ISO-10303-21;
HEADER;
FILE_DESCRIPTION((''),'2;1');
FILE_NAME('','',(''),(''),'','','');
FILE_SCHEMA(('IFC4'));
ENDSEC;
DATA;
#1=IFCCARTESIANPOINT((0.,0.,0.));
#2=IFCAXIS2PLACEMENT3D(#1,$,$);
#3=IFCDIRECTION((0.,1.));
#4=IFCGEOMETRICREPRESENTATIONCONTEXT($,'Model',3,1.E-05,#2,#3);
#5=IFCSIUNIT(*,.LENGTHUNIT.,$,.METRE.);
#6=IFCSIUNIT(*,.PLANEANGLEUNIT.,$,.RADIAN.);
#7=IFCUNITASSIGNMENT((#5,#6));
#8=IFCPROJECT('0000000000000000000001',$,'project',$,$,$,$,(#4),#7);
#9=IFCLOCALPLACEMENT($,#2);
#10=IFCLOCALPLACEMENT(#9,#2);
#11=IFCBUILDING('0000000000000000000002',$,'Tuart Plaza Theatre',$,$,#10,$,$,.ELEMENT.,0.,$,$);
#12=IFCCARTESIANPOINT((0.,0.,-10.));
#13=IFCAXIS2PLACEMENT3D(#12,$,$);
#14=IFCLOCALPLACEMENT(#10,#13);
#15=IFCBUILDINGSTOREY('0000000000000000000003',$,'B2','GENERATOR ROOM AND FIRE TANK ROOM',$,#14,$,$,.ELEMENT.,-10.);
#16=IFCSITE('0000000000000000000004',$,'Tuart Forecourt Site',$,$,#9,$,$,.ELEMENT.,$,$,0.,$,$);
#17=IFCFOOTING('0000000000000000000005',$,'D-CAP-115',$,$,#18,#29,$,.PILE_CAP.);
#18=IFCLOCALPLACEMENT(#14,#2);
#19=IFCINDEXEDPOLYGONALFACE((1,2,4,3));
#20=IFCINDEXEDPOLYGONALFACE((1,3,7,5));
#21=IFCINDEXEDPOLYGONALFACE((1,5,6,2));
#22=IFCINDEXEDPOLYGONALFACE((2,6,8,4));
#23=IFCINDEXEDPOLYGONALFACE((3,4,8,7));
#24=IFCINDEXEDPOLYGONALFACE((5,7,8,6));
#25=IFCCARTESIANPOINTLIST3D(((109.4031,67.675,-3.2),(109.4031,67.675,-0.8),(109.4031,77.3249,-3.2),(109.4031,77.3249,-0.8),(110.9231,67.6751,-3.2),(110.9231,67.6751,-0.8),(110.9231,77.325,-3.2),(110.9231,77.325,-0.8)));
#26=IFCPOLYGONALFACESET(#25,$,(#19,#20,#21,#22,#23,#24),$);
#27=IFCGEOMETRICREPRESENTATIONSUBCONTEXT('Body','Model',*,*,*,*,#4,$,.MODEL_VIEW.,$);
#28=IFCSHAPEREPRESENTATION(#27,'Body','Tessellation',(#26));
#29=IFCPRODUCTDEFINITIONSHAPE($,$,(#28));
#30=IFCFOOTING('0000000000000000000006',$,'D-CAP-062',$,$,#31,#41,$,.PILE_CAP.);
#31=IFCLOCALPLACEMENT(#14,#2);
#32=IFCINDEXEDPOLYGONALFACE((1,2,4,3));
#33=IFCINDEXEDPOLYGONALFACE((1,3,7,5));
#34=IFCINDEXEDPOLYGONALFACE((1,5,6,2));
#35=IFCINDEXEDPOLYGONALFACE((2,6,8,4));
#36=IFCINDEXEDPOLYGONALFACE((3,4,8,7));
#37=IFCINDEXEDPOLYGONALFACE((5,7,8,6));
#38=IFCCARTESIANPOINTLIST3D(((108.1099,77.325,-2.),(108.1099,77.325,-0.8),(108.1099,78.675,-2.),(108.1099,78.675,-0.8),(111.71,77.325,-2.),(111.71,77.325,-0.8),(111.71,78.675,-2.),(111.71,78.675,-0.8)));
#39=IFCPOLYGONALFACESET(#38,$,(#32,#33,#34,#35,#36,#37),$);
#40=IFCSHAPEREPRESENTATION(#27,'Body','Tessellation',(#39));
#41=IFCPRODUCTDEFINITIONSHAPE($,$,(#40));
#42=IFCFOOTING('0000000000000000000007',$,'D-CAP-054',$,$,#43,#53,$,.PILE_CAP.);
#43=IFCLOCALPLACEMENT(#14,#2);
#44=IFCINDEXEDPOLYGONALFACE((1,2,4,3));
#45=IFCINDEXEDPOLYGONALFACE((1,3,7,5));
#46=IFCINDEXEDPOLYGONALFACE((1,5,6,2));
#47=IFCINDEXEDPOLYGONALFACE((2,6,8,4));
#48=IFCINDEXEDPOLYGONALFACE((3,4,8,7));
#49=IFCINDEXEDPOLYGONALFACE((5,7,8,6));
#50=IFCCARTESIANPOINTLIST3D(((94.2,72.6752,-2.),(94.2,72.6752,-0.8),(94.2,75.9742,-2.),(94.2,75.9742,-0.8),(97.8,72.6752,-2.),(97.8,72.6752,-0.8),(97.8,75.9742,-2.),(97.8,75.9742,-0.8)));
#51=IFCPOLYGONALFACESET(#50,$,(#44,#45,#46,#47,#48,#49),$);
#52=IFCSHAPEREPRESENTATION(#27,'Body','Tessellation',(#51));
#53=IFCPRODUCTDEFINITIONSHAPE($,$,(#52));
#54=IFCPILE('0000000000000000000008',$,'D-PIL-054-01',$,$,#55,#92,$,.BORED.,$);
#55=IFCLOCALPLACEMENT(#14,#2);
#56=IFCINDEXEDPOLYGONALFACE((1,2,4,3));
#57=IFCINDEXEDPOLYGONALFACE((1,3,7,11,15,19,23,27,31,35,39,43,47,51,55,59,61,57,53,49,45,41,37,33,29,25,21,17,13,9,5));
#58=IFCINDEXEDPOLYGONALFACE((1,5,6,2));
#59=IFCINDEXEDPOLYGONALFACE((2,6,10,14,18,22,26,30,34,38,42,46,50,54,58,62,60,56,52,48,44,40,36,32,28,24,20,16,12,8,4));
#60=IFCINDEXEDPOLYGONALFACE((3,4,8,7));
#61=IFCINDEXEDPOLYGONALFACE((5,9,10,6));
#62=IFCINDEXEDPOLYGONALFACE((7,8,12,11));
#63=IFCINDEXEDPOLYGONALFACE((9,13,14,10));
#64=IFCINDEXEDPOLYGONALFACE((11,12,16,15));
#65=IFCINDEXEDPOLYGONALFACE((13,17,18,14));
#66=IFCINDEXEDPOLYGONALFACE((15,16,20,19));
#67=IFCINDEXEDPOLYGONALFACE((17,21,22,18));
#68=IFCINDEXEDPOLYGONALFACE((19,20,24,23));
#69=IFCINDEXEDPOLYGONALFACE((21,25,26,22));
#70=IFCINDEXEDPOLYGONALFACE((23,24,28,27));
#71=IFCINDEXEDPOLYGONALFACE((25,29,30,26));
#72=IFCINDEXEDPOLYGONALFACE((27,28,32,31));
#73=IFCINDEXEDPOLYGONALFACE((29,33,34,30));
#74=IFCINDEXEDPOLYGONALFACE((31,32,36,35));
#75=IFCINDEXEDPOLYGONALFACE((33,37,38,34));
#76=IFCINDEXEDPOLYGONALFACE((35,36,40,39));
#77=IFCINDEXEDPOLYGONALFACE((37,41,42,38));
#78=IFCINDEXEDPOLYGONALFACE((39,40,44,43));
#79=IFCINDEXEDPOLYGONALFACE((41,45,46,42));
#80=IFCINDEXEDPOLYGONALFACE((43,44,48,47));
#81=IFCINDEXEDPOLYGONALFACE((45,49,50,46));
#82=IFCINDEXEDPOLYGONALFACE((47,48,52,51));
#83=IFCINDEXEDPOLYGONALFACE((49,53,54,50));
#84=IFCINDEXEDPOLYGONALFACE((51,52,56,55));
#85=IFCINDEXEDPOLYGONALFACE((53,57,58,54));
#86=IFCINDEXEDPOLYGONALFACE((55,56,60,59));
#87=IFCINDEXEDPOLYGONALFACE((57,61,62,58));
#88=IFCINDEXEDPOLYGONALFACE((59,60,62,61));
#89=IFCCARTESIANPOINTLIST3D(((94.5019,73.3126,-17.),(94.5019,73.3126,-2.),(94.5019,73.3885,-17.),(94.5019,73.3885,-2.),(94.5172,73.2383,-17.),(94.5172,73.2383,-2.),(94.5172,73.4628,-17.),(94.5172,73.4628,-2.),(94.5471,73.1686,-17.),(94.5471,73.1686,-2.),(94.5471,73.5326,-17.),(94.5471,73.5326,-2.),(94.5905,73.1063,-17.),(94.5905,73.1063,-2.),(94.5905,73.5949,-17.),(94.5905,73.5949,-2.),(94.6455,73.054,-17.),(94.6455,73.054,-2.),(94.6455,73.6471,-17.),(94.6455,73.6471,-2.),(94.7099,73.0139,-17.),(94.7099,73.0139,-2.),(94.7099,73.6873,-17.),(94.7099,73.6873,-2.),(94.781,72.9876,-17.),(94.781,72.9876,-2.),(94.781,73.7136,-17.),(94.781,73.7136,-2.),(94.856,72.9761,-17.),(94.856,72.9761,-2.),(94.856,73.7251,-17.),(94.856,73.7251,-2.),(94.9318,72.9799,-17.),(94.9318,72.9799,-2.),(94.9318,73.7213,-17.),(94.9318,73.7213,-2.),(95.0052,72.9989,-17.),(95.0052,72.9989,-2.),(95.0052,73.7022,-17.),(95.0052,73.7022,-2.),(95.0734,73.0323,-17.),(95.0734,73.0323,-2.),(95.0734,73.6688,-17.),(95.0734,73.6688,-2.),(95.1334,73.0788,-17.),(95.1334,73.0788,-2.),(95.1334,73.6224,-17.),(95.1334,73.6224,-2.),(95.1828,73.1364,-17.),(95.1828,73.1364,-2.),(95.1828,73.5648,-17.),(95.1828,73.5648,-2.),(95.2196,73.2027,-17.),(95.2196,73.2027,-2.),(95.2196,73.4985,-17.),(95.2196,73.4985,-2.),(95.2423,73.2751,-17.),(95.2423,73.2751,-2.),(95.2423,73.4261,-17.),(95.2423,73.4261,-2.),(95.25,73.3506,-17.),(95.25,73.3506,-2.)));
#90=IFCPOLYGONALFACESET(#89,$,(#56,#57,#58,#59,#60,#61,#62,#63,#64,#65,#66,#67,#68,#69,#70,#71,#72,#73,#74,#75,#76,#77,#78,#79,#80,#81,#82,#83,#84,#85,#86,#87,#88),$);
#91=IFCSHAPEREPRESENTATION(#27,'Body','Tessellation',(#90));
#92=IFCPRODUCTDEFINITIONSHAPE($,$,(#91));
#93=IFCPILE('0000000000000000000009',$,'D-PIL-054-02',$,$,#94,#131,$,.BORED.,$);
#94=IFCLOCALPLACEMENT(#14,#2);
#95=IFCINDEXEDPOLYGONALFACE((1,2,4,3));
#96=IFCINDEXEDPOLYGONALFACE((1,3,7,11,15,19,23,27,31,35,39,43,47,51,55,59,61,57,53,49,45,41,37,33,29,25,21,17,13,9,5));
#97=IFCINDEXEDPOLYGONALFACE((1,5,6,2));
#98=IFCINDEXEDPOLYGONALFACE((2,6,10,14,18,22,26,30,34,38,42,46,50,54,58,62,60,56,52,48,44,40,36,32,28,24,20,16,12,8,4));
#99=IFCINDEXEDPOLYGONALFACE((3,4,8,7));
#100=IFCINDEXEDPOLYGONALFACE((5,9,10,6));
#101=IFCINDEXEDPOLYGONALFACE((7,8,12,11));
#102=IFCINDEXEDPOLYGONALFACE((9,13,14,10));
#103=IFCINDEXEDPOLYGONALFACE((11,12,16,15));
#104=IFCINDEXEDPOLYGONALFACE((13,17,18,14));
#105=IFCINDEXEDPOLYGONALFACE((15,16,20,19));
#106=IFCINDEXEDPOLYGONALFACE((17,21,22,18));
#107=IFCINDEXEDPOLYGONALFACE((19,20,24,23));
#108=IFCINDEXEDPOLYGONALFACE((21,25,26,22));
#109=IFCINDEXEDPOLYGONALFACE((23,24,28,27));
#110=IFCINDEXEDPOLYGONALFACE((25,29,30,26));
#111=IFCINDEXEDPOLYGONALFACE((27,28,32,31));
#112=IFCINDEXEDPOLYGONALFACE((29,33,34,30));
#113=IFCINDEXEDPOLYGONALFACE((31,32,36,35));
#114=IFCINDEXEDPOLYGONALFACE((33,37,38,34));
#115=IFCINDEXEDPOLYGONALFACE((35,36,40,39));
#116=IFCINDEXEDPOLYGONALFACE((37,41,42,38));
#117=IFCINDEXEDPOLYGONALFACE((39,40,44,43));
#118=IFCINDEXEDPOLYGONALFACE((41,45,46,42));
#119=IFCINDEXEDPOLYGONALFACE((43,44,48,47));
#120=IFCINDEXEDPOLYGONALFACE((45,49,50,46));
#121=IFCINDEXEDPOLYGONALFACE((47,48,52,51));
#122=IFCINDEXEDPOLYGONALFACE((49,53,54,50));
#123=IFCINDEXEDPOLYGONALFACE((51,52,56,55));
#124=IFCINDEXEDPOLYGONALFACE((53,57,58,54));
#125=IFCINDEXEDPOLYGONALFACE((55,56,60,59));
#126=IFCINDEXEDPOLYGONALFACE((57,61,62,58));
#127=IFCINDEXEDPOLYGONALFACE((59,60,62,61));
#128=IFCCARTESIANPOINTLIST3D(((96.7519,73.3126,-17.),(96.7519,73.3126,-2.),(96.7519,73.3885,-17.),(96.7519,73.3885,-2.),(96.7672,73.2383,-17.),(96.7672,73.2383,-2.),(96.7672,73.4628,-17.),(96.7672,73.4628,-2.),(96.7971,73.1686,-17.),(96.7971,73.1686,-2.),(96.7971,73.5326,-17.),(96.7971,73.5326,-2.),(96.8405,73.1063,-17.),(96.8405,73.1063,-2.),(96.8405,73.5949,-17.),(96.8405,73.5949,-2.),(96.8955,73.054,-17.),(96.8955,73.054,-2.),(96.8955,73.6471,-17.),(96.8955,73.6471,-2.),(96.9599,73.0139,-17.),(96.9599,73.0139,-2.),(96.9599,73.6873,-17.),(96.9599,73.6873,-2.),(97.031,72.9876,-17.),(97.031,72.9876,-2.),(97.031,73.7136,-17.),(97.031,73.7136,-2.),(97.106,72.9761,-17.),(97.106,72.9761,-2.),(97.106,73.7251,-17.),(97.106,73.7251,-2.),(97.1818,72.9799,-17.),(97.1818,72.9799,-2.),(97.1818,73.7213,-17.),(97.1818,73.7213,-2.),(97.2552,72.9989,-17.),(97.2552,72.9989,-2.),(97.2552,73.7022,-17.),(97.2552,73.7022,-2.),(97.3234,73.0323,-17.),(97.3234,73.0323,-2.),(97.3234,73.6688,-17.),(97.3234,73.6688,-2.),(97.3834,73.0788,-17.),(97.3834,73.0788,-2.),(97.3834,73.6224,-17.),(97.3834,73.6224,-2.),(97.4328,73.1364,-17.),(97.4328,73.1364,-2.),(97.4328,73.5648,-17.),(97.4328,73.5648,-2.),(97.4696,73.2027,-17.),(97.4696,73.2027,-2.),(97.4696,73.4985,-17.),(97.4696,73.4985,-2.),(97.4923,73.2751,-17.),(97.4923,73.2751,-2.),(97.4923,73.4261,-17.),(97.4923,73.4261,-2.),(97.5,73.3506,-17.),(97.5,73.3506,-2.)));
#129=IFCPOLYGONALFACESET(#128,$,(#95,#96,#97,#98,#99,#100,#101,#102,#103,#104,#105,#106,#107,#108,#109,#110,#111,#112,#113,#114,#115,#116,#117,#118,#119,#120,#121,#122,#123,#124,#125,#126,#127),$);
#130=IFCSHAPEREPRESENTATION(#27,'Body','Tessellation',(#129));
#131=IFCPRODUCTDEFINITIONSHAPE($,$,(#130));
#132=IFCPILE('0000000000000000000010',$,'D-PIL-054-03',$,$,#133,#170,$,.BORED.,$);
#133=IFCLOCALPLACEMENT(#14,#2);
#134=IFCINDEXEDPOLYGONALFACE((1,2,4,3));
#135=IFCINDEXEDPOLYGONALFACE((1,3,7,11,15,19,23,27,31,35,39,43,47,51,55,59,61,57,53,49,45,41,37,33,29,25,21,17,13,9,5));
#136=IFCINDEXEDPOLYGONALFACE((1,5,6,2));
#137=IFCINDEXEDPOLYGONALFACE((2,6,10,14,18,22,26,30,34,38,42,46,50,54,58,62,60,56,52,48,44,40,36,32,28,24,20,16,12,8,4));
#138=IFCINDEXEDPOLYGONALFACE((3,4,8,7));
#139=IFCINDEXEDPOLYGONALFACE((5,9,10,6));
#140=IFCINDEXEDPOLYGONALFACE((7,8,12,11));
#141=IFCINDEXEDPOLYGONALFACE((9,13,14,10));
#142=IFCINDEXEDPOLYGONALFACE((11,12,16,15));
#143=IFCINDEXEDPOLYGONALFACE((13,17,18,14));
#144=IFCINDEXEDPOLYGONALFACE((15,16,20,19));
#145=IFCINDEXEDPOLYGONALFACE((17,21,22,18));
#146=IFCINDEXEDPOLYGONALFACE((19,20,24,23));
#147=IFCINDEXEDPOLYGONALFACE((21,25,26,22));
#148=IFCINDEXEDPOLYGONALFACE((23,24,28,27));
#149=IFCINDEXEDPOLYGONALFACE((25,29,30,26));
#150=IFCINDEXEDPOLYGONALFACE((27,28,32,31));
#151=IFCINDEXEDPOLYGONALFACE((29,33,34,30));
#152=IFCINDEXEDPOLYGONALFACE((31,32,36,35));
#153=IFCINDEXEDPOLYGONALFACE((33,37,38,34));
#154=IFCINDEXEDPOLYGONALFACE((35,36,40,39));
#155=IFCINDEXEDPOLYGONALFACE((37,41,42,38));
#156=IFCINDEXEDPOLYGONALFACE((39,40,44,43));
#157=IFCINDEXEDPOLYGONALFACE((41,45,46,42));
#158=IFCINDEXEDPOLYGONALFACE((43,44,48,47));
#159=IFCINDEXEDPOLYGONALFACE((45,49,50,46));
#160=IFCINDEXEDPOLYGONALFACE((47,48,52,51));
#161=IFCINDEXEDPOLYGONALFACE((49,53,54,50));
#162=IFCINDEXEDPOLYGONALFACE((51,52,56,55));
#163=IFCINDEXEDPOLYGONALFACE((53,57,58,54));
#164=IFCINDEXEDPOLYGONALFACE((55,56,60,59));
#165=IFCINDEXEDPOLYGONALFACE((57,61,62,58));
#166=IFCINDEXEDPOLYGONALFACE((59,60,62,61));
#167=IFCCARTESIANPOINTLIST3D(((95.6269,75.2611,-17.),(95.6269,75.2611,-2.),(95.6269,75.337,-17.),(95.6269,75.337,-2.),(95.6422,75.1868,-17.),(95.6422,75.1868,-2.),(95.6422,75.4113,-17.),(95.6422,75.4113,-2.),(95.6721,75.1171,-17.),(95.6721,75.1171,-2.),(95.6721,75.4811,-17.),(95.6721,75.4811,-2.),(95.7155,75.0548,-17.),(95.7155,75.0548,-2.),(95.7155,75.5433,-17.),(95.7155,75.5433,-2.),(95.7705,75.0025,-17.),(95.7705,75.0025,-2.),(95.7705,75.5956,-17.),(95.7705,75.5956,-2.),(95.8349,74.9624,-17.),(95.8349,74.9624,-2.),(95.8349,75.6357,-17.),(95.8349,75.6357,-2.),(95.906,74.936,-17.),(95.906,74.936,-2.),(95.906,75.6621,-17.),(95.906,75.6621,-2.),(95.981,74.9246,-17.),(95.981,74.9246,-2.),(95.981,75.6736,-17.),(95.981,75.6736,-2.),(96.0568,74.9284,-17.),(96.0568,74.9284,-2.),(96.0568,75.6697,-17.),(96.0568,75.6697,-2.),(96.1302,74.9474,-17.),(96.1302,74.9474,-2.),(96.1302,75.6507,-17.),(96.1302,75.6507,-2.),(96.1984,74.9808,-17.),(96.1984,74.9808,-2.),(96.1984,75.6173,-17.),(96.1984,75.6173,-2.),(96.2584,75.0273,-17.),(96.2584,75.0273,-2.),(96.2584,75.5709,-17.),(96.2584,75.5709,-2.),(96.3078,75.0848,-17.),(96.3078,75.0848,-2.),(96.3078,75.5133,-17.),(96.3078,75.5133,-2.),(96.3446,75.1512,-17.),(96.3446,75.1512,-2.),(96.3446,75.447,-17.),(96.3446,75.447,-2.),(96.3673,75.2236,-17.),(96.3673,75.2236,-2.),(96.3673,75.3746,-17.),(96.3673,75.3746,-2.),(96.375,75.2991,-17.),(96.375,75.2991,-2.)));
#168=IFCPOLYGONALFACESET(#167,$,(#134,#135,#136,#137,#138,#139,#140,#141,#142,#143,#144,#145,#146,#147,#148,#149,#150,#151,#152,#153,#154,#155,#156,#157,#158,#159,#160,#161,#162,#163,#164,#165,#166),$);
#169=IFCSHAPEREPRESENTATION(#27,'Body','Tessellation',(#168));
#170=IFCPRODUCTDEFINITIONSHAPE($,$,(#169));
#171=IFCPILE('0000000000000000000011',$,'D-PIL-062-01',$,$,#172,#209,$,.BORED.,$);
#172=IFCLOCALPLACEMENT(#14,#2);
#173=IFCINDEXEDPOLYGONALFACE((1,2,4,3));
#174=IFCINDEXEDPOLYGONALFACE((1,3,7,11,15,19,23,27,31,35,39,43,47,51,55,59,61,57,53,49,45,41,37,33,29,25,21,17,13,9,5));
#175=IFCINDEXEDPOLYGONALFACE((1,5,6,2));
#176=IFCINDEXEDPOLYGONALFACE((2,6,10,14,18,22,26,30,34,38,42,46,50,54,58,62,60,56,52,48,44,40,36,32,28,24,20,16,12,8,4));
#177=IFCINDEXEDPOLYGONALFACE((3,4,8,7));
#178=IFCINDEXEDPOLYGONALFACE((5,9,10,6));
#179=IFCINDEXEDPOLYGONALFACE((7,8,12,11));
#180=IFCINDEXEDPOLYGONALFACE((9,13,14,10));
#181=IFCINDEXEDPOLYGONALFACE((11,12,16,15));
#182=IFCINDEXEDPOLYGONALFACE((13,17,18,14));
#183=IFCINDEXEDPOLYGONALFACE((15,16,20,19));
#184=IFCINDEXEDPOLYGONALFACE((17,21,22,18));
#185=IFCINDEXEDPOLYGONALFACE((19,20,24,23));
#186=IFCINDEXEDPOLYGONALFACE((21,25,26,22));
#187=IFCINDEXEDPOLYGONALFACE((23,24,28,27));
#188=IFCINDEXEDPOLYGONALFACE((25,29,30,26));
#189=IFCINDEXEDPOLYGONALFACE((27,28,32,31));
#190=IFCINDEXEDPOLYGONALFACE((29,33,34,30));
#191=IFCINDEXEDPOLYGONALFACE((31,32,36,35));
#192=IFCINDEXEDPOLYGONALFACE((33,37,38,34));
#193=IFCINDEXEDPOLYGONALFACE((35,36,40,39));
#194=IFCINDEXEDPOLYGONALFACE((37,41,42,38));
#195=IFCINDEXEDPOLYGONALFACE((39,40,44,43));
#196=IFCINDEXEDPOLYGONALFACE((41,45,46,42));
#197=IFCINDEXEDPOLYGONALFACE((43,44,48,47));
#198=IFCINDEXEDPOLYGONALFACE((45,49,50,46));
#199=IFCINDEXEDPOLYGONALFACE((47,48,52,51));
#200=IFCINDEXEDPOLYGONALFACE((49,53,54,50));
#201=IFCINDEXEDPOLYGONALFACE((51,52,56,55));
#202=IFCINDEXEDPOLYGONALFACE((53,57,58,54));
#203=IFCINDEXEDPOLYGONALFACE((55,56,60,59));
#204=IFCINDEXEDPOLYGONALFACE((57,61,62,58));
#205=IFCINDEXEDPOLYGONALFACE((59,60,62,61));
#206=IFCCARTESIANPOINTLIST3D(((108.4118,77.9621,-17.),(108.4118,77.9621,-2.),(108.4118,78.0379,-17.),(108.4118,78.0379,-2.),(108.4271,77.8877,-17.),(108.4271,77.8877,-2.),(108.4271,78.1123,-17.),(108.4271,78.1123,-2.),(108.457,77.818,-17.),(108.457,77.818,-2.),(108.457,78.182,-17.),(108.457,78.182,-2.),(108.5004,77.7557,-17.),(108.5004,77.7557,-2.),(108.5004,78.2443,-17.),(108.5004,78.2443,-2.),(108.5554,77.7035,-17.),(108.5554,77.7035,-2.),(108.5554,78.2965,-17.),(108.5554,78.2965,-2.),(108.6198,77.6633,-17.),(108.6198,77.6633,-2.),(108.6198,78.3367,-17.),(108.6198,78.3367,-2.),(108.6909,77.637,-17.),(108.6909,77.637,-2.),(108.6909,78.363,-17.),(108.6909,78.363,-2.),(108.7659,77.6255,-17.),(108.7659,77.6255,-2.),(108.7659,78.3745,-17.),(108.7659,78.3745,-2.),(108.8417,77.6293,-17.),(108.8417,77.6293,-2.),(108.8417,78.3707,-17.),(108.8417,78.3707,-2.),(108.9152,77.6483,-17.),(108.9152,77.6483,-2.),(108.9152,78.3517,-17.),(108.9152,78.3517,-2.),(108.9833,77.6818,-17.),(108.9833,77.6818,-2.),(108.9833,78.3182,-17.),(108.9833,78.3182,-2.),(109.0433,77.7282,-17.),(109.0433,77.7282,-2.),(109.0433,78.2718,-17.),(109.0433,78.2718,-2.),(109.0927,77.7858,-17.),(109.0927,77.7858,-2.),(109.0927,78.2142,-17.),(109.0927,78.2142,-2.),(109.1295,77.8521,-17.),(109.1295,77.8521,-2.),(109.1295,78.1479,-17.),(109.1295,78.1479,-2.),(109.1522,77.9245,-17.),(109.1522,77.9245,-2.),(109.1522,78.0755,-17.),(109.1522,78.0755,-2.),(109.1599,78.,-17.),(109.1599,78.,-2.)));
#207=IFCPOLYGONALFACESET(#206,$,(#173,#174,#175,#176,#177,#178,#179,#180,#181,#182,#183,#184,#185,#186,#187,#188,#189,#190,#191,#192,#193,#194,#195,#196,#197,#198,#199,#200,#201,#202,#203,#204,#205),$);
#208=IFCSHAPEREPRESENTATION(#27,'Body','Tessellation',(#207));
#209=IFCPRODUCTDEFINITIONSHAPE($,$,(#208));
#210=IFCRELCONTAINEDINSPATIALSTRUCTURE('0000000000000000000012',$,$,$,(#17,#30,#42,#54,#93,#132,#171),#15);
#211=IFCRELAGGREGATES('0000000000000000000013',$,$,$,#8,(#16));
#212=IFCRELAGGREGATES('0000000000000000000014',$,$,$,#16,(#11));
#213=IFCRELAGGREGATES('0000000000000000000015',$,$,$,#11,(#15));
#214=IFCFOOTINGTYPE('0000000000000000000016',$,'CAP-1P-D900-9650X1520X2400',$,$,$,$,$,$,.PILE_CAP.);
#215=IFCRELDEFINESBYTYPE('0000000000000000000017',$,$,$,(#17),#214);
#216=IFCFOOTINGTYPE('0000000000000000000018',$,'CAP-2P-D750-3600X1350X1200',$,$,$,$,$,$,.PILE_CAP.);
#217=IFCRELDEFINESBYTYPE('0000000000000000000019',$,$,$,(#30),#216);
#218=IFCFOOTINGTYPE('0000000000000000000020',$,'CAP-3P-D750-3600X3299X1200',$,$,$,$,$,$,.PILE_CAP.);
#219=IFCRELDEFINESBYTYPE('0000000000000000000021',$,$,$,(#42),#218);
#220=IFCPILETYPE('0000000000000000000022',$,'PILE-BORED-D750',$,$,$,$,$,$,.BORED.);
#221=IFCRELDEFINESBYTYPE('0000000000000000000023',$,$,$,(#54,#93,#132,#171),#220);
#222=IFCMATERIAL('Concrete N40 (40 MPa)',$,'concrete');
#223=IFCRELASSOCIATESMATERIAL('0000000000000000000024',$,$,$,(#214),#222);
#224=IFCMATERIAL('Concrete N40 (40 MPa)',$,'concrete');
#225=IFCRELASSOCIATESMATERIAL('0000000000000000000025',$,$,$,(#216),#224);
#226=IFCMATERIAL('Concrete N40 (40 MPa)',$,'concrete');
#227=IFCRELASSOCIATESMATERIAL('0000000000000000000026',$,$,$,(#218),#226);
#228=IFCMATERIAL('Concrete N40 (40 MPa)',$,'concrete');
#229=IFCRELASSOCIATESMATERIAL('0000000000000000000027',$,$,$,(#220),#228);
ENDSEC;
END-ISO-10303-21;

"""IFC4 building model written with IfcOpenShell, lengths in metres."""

from ifc_helpers import new_model, si_unit, direction, frame, origin, origin_2d, place, context, subcontext, project, spatial, rectangle, circle, extrude, material, material_profile, profile_set, type_object, element, save


model = new_model("IFC4")

# Units and contexts
model_context = context("Model", 3, precision=1e-05, world=origin(), true_north=direction((0.0, 1.0)))
body_context = subcontext(model_context, "Body", "Model", "MODEL_VIEW")
ifc_project = project(units=[si_unit("LENGTHUNIT", "METRE"), si_unit("PLANEANGLEUNIT", "RADIAN")], contexts=[model_context])

# Site, building, storey
site_placement = place(None, origin())
site = spatial("IfcSite", under=ifc_project, at=site_placement, Name="Tuart Forecourt Site", CompositionType="ELEMENT", RefElevation=0.0)
building_placement = place(site_placement, origin())
building = spatial("IfcBuilding", under=site, at=building_placement, Name="Tuart Plaza Theatre", CompositionType="ELEMENT", ElevationOfRefHeight=0.0)
storey_placement = place(building_placement, frame((0.0, 0.0, -10.0)))
storey = spatial("IfcBuildingStorey", under=building, at=storey_placement, Name="B2", Description="GENERATOR ROOM AND FIRE TANK ROOM", CompositionType="ELEMENT", Elevation=-10.0)

# Footings
ifc_material_1 = material(Name="Concrete N40 (40 MPa)", Category="concrete")
footing_type_1 = type_object("IfcFootingType", Name="CAP-1P-D900-9650X1520X2400", PredefinedType="PILE_CAP", material=ifc_material_1)
footing_1_placement = place(storey_placement, frame((110.1631, 72.5, -3.2), z_axis=(0.0, 0.0, 1.0), x_axis=(-0.000005, 1.0, 0.0)))
element("IfcFooting", 1, at=footing_1_placement, inside=storey, type_object=footing_type_1, Name="D-CAP-115", PredefinedType="PILE_CAP", context=body_context, shape_type="SweptSolid", body=[
    extrude(rectangle(XDim=9.6499, YDim=1.52, at=origin_2d()), origin(), (0.0, 0.0, 1.0), 2.3999),
])
ifc_material_2 = material(Name="Concrete N40 (40 MPa)", Category="concrete")
footing_type_2 = type_object("IfcFootingType", Name="CAP-2P-D750-3600X1350X1200", PredefinedType="PILE_CAP", material=ifc_material_2)
footing_2_placement = place(storey_placement, frame((109.9099, 78.0, -2.0), z_axis=(0.0, 0.0, 1.0), x_axis=(1.0, 0.0, 0.0)))
element("IfcFooting", 2, at=footing_2_placement, inside=storey, type_object=footing_type_2, Name="D-CAP-062", PredefinedType="PILE_CAP", context=body_context, shape_type="SweptSolid", body=[
    extrude(rectangle(XDim=3.6001, YDim=1.3501, at=origin_2d()), origin(), (0.0, 0.0, 1.0), 1.2),
])
ifc_material_3 = material(Name="Concrete N40 (40 MPa)", Category="concrete")
footing_type_3 = type_object("IfcFootingType", Name="CAP-3P-D750-3600X3299X1200", PredefinedType="PILE_CAP", material=ifc_material_3)
footing_3_placement = place(storey_placement, frame((96.0, 74.3247, -2.0), z_axis=(0.0, 0.0, 1.0), x_axis=(1.0, 0.0, 0.0)))
element("IfcFooting", 3, at=footing_3_placement, inside=storey, type_object=footing_type_3, Name="D-CAP-054", PredefinedType="PILE_CAP", context=body_context, shape_type="SweptSolid", body=[
    extrude(rectangle(XDim=3.6001, YDim=3.2991, at=origin_2d()), origin(), (0.0, 0.0, 1.0), 1.2),
])

# Piles
ifc_material_4 = material(Name="Concrete N40 (40 MPa)", Category="concrete")
ifc_material_profile_1 = material_profile(ifc_material_4, circle(Radius=0.375, at=origin_2d()), Name="PILE-BORED-D750")
ifc_profile_set_1 = profile_set([ifc_material_profile_1], Name="Concrete N40 (40 MPa)")
pile_type_1 = type_object("IfcPileType", Name="PILE-BORED-D750", PredefinedType="BORED", material=ifc_profile_set_1)
for number, where, z_axis, x_axis, name in (
    (4, (94.875, 73.3506, -2.0), (0.0, 0.0, -1.0), (1.0, 0.0, 0.0), "D-PIL-054-01"),
    (5, (97.125, 73.3506, -2.0), (0.0, 0.0, -1.0), (1.0, 0.0, 0.0), "D-PIL-054-02"),
    (6, (96.0, 75.2991, -2.0), (0.0, 0.0, -1.0), (1.0, 0.0, 0.0), "D-PIL-054-03"),
    (7, (108.7849, 78.0, -2.0), (0.0, 0.0, -1.0), (1.0, 0.0, 0.0), "D-PIL-062-01"),
):
    element("IfcPile", number, at=place(storey_placement, frame(where, z_axis=z_axis, x_axis=x_axis)), inside=storey, type_object=pile_type_1, Name=name, PredefinedType="BORED", context=body_context, shape_type="SweptSolid", body=[
        extrude(circle(Radius=0.375, at=origin_2d()), origin(), (0.0, 0.0, 1.0), 15.0),
    ])

save(model, "model.ifc")
